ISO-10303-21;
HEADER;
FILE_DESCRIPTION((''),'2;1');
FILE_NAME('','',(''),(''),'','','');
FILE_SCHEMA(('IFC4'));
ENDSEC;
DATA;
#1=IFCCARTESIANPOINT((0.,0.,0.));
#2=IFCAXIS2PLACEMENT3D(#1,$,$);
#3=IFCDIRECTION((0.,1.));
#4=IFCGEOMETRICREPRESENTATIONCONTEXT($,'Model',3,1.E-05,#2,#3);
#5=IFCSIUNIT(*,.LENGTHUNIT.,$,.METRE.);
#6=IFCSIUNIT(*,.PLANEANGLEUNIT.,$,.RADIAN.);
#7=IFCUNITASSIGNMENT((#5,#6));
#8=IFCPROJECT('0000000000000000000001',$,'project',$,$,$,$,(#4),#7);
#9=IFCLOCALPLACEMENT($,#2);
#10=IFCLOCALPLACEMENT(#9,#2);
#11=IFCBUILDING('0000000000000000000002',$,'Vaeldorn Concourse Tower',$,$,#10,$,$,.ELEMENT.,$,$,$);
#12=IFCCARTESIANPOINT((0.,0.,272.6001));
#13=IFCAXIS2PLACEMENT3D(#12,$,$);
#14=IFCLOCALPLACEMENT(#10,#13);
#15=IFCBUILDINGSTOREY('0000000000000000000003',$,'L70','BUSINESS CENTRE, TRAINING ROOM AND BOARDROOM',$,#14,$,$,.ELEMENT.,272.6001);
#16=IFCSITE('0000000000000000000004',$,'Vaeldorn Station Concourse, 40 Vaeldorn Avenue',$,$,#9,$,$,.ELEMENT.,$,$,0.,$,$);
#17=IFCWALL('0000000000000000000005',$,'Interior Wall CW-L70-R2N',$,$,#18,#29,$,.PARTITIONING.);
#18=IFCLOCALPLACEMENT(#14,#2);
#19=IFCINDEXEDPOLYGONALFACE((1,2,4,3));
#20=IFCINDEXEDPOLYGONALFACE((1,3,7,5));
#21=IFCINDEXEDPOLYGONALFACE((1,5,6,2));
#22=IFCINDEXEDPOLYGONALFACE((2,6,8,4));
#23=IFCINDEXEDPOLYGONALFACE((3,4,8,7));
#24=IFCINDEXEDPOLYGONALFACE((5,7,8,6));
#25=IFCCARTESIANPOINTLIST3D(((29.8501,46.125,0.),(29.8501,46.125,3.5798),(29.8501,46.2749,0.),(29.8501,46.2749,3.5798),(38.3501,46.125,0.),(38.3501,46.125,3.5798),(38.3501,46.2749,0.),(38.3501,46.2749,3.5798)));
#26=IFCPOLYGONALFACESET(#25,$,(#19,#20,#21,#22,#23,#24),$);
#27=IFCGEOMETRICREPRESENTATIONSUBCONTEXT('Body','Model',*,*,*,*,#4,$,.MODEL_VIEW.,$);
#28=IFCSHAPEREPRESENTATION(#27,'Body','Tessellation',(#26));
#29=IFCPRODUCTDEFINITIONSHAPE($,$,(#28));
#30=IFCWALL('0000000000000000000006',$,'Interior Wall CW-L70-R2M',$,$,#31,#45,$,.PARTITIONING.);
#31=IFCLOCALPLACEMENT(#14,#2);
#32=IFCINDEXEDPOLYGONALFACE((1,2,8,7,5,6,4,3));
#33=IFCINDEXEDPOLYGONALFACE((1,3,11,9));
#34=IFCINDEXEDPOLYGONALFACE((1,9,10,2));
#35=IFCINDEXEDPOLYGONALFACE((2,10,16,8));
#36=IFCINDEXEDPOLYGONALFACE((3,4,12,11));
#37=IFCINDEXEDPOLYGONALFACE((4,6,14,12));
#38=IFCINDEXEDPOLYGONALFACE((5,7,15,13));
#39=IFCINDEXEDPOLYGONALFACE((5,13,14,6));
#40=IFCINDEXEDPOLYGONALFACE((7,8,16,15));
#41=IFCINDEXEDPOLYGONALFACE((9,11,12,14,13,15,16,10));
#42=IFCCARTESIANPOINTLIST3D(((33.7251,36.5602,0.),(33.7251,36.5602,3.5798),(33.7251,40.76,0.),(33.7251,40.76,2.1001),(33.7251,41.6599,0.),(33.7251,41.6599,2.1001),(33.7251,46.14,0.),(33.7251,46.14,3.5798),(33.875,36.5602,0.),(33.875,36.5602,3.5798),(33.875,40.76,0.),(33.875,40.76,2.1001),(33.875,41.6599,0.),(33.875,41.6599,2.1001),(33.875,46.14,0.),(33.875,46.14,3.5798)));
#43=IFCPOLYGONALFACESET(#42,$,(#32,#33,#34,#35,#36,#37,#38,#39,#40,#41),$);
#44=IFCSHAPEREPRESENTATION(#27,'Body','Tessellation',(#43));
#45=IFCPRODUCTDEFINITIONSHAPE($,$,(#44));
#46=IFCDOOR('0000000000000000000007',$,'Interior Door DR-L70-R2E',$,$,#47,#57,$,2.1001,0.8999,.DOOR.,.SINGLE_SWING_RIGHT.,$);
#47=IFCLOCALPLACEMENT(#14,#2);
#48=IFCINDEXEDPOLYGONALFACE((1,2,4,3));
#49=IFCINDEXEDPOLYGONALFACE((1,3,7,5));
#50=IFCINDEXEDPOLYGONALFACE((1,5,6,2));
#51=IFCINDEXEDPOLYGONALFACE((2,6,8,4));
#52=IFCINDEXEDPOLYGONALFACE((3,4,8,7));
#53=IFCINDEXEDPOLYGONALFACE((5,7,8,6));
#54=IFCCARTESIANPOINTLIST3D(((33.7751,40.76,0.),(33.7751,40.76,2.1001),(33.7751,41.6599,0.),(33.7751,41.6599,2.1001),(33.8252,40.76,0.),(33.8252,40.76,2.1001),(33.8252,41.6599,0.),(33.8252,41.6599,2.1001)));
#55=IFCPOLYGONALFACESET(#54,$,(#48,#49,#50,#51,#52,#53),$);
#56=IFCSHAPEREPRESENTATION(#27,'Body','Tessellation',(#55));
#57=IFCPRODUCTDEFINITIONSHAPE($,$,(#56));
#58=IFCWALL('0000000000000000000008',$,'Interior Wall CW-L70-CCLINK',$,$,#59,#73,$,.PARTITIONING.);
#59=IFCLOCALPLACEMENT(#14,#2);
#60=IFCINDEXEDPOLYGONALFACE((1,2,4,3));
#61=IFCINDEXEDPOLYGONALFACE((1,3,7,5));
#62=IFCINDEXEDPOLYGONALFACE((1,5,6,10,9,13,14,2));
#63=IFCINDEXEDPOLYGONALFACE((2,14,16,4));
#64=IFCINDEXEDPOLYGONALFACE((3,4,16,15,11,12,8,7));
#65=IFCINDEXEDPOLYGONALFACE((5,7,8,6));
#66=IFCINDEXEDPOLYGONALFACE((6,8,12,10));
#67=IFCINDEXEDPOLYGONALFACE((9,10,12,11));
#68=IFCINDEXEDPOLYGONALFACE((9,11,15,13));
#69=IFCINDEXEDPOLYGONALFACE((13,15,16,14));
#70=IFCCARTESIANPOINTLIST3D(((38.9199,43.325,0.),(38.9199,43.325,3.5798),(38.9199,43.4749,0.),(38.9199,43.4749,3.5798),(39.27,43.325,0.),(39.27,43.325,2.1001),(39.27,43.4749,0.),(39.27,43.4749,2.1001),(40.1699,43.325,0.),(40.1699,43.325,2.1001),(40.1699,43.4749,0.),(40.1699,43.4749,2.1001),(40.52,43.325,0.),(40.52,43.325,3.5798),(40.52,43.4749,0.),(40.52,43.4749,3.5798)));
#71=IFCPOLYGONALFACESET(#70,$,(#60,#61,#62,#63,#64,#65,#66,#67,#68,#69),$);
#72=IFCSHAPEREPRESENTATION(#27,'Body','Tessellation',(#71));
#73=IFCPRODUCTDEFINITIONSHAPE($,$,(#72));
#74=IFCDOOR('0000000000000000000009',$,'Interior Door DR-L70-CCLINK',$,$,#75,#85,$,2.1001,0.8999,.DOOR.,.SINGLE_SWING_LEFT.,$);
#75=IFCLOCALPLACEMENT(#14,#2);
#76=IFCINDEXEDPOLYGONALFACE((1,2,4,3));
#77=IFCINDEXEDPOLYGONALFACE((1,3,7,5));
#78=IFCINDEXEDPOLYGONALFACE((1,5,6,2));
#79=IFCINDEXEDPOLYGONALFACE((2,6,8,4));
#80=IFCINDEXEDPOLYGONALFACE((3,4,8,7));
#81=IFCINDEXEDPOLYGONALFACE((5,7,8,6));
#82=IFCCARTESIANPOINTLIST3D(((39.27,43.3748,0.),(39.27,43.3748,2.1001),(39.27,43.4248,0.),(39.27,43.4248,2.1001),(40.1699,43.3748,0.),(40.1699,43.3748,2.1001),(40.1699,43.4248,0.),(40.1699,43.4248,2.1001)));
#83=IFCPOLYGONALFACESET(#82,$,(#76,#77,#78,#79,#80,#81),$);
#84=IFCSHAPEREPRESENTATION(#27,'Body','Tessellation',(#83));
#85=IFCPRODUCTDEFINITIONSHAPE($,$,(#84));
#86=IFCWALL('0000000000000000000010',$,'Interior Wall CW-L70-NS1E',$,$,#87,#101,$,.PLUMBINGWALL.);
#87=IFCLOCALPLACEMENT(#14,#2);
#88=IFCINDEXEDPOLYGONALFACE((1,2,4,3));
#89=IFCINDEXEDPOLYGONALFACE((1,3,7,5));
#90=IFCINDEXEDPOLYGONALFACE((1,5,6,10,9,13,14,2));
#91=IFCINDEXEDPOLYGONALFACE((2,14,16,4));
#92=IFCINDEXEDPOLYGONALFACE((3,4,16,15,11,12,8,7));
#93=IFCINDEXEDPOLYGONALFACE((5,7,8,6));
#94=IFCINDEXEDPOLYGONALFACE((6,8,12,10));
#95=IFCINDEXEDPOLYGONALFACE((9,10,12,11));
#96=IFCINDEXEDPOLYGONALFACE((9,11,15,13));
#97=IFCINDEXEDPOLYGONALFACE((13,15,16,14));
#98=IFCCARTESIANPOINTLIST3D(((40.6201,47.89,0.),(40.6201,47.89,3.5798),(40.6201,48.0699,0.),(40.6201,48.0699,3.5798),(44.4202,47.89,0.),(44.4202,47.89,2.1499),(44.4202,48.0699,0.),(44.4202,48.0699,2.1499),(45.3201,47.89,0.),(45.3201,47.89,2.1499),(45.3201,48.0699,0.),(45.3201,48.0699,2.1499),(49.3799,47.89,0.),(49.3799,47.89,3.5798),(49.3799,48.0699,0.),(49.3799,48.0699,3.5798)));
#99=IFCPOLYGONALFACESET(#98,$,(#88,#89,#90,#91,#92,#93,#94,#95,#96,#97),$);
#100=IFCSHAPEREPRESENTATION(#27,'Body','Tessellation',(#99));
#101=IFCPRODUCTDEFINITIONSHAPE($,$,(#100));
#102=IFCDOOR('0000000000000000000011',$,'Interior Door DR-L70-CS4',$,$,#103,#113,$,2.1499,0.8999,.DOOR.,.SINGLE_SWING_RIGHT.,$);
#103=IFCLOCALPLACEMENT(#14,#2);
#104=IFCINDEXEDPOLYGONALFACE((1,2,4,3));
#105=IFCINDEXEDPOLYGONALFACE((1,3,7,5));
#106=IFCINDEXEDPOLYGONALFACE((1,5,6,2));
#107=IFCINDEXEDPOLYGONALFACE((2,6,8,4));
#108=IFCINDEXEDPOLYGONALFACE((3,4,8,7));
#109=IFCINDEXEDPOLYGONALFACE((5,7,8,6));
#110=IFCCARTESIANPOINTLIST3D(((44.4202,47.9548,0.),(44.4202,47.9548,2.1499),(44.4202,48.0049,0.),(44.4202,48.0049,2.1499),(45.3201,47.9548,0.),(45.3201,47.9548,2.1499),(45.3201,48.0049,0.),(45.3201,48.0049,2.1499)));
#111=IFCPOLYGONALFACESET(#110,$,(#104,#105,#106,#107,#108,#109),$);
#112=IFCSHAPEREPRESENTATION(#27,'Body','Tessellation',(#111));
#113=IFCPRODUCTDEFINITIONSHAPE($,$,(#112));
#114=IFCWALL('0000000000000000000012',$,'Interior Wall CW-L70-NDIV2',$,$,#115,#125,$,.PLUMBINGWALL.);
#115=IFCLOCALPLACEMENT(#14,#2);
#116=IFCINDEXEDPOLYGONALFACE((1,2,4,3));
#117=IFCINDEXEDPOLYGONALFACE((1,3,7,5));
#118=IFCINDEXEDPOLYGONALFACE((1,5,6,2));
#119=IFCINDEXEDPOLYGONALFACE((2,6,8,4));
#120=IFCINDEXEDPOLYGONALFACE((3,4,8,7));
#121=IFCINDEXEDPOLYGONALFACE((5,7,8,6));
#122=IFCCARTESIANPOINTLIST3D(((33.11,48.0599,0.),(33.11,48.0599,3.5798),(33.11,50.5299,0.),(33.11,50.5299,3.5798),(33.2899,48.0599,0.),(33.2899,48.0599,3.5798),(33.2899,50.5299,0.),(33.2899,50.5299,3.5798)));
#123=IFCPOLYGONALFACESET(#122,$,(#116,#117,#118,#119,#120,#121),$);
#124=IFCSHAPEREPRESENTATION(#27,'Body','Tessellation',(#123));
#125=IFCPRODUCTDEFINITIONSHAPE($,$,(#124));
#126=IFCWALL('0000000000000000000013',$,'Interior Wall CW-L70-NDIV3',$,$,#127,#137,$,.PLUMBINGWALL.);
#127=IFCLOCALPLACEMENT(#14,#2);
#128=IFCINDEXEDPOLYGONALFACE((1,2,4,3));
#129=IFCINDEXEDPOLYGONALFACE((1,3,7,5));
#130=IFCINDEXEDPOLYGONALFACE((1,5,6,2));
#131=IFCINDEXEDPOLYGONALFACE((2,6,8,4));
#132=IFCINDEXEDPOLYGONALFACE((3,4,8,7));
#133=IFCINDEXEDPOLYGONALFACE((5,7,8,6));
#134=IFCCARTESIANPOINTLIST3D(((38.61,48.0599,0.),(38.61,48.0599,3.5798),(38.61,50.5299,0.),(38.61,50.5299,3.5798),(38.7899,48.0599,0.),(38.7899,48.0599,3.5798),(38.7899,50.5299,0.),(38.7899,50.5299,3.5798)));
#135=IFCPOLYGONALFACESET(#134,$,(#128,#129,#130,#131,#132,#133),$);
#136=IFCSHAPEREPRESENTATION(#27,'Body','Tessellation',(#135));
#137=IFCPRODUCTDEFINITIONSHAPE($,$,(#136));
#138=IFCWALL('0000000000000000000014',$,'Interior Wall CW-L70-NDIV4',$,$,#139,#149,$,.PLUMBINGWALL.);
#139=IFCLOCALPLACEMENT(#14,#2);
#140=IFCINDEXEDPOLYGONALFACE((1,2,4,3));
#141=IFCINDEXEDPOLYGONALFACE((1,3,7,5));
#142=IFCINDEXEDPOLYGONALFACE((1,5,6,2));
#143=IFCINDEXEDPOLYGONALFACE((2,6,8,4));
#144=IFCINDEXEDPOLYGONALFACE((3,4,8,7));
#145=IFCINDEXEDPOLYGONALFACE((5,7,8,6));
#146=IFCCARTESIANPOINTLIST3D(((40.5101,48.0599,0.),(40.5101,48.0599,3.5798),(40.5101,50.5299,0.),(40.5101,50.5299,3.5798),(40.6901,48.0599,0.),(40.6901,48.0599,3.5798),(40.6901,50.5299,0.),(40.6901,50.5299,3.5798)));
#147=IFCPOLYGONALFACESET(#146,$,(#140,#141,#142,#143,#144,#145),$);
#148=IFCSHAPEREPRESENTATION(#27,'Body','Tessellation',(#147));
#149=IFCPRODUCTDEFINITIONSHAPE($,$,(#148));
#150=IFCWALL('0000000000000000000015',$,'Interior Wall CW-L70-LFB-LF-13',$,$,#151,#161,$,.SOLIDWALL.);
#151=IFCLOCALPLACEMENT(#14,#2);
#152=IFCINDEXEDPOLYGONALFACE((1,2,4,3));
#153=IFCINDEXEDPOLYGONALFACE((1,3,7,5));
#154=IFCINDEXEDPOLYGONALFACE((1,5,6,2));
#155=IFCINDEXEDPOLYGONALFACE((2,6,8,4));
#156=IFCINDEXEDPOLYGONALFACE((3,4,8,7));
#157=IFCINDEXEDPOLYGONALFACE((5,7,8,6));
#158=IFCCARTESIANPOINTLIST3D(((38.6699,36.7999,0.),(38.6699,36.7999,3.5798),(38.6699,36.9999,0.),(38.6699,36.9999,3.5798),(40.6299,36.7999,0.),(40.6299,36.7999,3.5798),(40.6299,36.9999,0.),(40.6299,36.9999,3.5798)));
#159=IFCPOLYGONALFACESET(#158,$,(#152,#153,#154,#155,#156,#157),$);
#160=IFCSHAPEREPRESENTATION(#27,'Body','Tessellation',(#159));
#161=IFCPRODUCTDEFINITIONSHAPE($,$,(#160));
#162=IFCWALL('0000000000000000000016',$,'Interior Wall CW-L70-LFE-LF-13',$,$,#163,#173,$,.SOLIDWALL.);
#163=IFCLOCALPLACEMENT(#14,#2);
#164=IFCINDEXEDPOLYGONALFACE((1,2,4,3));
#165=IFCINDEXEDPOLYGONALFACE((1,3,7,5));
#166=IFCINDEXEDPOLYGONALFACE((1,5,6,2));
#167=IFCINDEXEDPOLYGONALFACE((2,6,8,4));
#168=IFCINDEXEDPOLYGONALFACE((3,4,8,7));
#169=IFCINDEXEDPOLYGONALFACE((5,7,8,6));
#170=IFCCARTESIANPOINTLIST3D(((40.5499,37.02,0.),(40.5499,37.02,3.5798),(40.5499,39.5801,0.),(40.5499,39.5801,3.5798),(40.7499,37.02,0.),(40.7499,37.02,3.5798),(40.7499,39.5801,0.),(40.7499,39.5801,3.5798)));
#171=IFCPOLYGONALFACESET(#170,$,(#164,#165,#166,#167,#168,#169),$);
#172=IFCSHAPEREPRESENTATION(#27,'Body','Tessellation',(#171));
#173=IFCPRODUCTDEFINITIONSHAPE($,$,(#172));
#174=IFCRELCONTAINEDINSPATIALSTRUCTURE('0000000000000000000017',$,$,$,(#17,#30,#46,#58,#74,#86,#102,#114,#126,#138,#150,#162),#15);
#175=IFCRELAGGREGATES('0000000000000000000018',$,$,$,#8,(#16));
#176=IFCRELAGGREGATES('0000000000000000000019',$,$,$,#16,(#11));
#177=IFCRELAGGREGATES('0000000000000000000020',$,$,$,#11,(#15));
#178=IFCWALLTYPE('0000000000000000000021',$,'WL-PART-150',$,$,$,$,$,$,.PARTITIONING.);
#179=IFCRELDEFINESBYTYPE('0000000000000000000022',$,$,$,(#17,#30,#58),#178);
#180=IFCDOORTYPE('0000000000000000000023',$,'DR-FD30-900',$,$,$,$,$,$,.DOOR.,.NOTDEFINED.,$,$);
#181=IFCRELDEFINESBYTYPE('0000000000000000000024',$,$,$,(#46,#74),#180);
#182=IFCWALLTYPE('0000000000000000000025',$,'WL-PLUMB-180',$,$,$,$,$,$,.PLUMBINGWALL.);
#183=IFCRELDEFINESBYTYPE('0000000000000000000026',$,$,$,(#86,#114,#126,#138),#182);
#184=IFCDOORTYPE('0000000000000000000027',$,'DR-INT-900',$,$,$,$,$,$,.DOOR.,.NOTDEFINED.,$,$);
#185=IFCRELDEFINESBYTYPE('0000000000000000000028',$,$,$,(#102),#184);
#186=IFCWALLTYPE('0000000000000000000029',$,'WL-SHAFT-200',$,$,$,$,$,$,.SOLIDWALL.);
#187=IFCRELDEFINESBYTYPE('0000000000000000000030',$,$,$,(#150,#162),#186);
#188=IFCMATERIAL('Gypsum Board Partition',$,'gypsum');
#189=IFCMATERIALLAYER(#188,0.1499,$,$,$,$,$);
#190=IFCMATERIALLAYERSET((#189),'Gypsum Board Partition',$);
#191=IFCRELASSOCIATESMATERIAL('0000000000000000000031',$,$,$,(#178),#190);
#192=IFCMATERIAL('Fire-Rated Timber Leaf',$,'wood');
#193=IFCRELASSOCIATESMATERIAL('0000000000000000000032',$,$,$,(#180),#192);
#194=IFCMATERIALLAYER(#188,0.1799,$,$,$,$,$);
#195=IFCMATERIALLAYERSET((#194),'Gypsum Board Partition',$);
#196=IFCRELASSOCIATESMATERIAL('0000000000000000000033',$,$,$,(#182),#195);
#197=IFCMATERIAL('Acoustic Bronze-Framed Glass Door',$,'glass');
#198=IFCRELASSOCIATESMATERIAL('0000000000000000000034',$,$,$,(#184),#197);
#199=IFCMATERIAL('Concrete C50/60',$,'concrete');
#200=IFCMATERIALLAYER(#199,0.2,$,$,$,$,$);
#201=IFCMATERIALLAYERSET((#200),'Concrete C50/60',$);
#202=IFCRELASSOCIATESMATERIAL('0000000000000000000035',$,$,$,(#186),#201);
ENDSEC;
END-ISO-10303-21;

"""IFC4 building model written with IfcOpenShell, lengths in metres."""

from ifc_helpers import new_model, si_unit, direction, frame, frame_2d, origin, place, context, subcontext, project, spatial, rectangle, extrude, source, transform, mapped, material, layer, layer_set, type_object, element, fill, save


model = new_model("IFC4")

# Units and contexts
model_context = context("Model", 3, precision=1e-05, world=origin(), true_north=direction((0.0, 1.0)))
body_context = subcontext(model_context, "Body", "Model", "MODEL_VIEW")
ifc_project = project(units=[si_unit("LENGTHUNIT", "METRE"), si_unit("PLANEANGLEUNIT", "RADIAN")], contexts=[model_context])

# Site, building, storey
site_placement = place(None, origin())
site = spatial("IfcSite", under=ifc_project, at=site_placement, Name="Vaeldorn Station Concourse, 40 Vaeldorn Avenue", CompositionType="ELEMENT", RefElevation=0.0)
building_placement = place(site_placement, origin())
building = spatial("IfcBuilding", under=site, at=building_placement, Name="Vaeldorn Concourse Tower", CompositionType="ELEMENT")
storey_placement = place(building_placement, frame((0.0, 0.0, 272.6001)))
storey = spatial("IfcBuildingStorey", under=building, at=storey_placement, Name="L70", Description="BUSINESS CENTRE, TRAINING ROOM AND BOARDROOM", CompositionType="ELEMENT", Elevation=272.6001)

# Wall
ifc_material_1 = material(Name="Concrete C50/60", Category="concrete")
ifc_material_2 = material(Name="Gypsum Board Partition", Category="gypsum")
ifc_layer_1 = layer(ifc_material_2, 0.1499)
ifc_layer_set_1 = layer_set([ifc_layer_1], Name="Gypsum Board Partition")
wall_type_1 = type_object("IfcWallType", Name="WL-PART-150", PredefinedType="PARTITIONING", material=ifc_layer_set_1)
wall_1_placement = place(storey_placement, frame((29.8501, 46.2, 0.0), z_axis=(0.0, 0.0, 1.0), x_axis=(1.0, 0.0, 0.0)))
element("IfcWall", 1, at=wall_1_placement, inside=storey, type_object=wall_type_1, Name="Interior Wall CW-L70-R2N", PredefinedType="PARTITIONING", context=body_context, shape_type="SweptSolid", body=[
    extrude(rectangle(XDim=8.5, YDim=0.1499, at=frame_2d((4.25, 0.0))), origin(), (0.0, 0.0, 1.0), 3.5798),
])

# Walls, openings, doors
wall_2_placement = place(storey_placement, frame((33.8, 36.5601, 0.0), z_axis=(0.0, 0.0, 1.0), x_axis=(0.0, 1.0, 0.0)))
wall_2 = element("IfcWall", 2, at=wall_2_placement, inside=storey, type_object=wall_type_1, Name="Interior Wall CW-L70-R2M", PredefinedType="PARTITIONING", context=body_context, shape_type="SweptSolid", body=[
    extrude(rectangle(XDim=9.5798, YDim=0.1499, at=frame_2d((4.79, 0.0))), origin(), (0.0, 0.0, 1.0), 3.5798),
])
opening_1_placement = place(wall_2_placement, frame((4.2, 0.0, 0.0)))
opening_1 = element("IfcOpeningElement", 3, at=opening_1_placement, cuts=wall_2, PredefinedType="OPENING", context=body_context, shape_type="SweptSolid", body=[
    extrude(rectangle(XDim=0.8999, YDim=2.1001, at=frame_2d((0.45, 1.05))), frame((0.0, 0.085, 0.0), z_axis=(0.0, -1.0, 0.0), x_axis=(1.0, 0.0, 0.0)), (0.0, 0.0, 1.0), 0.1699),
])
ifc_material_3 = material(Name="Fire-Rated Timber Leaf", Category="wood")
door_type_1 = type_object("IfcDoorType", Name="DR-FD30-900", OperationType="NOTDEFINED", PredefinedType="DOOR", material=ifc_material_3)
shared_shape_1 = source(origin(), body_context, "Body", "SweptSolid", [
    extrude(rectangle(XDim=0.8999, YDim=2.1001, at=frame_2d((0.45, 1.05))), frame((0.0, 0.0249, 0.0), z_axis=(0.0, -1.0, 0.0), x_axis=(1.0, 0.0, 0.0)), (0.0, 0.0, 1.0), 0.05),
])
door_1_placement = place(opening_1_placement, origin())
door_1 = element("IfcDoor", 4, at=door_1_placement, inside=storey, type_object=door_type_1, Name="Interior Door DR-L70-R2E", OperationType="SINGLE_SWING_RIGHT", OverallHeight=2.1001, OverallWidth=0.8999, PredefinedType="DOOR", context=body_context, shape_type="MappedRepresentation", body=[
    mapped(shared_shape_1, transform((0.0, 0.0, 0.0), scale=1.0)),
])
fill(opening_1, door_1)
wall_3_placement = place(storey_placement, frame((38.9199, 43.3999, 0.0), z_axis=(0.0, 0.0, 1.0), x_axis=(1.0, 0.0, 0.0)))
wall_3 = element("IfcWall", 5, at=wall_3_placement, inside=storey, type_object=wall_type_1, Name="Interior Wall CW-L70-CCLINK", PredefinedType="PARTITIONING", context=body_context, shape_type="SweptSolid", body=[
    extrude(rectangle(XDim=1.6001, YDim=0.1499, at=frame_2d((0.8, 0.0))), origin(), (0.0, 0.0, 1.0), 3.5798),
])
opening_2_placement = place(wall_3_placement, frame((0.3501, 0.0, 0.0)))
opening_2 = element("IfcOpeningElement", 6, at=opening_2_placement, cuts=wall_3, PredefinedType="OPENING", context=body_context, shape_type="SweptSolid", body=[
    extrude(rectangle(XDim=0.8999, YDim=2.1001, at=frame_2d((0.45, 1.05))), frame((0.0, 0.085, 0.0), z_axis=(0.0, -1.0, 0.0), x_axis=(1.0, 0.0, 0.0)), (0.0, 0.0, 1.0), 0.1699),
])
door_2_placement = place(opening_2_placement, origin())
door_2 = element("IfcDoor", 7, at=door_2_placement, inside=storey, type_object=door_type_1, Name="Interior Door DR-L70-CCLINK", OperationType="SINGLE_SWING_LEFT", OverallHeight=2.1001, OverallWidth=0.8999, PredefinedType="DOOR", context=body_context, shape_type="MappedRepresentation", body=[
    mapped(shared_shape_1, transform((0.0, 0.0, 0.0), scale=1.0)),
])
fill(opening_2, door_2)
ifc_layer_2 = layer(ifc_material_2, 0.1799)
ifc_layer_set_2 = layer_set([ifc_layer_2], Name="Gypsum Board Partition")
wall_type_2 = type_object("IfcWallType", Name="WL-PLUMB-180", PredefinedType="PLUMBINGWALL", material=ifc_layer_set_2)
wall_4_placement = place(storey_placement, frame((40.6201, 47.98, 0.0), z_axis=(0.0, 0.0, 1.0), x_axis=(1.0, 0.0, 0.0)))
wall_4 = element("IfcWall", 8, at=wall_4_placement, inside=storey, type_object=wall_type_2, Name="Interior Wall CW-L70-NS1E", PredefinedType="PLUMBINGWALL", context=body_context, shape_type="SweptSolid", body=[
    extrude(rectangle(XDim=8.7598, YDim=0.1799, at=frame_2d((4.3799, 0.0))), origin(), (0.0, 0.0, 1.0), 3.5798),
])
opening_3_placement = place(wall_4_placement, frame((3.8, 0.0, 0.0)))
opening_3 = element("IfcOpeningElement", 9, at=opening_3_placement, cuts=wall_4, PredefinedType="OPENING", context=body_context, shape_type="SweptSolid", body=[
    extrude(rectangle(XDim=0.8999, YDim=2.1499, at=frame_2d((0.45, 1.075))), frame((0.0, 0.1001, 0.0), z_axis=(0.0, -1.0, 0.0), x_axis=(1.0, 0.0, 0.0)), (0.0, 0.0, 1.0), 0.2),
])
ifc_material_4 = material(Name="Acoustic Bronze-Framed Glass Door", Category="glass")
door_type_2 = type_object("IfcDoorType", Name="DR-INT-900", OperationType="NOTDEFINED", PredefinedType="DOOR", material=ifc_material_4)
shared_shape_2 = source(origin(), body_context, "Body", "SweptSolid", [
    extrude(rectangle(XDim=0.8999, YDim=2.1499, at=frame_2d((0.45, 1.075))), frame((0.0, 0.0249, 0.0), z_axis=(0.0, -1.0, 0.0), x_axis=(1.0, 0.0, 0.0)), (0.0, 0.0, 1.0), 0.05),
])
door_3_placement = place(opening_3_placement, origin())
door_3 = element("IfcDoor", 10, at=door_3_placement, inside=storey, type_object=door_type_2, Name="Interior Door DR-L70-CS4", OperationType="SINGLE_SWING_RIGHT", OverallHeight=2.1499, OverallWidth=0.8999, PredefinedType="DOOR", context=body_context, shape_type="MappedRepresentation", body=[
    mapped(shared_shape_2, transform((0.0, 0.0, 0.0), scale=1.0)),
])
fill(opening_3, door_3)

# Walls
for number, where, z_axis, x_axis, name in (
    (11, (33.2, 48.0601, 0.0), (0.0, 0.0, 1.0), (0.0, 1.0, 0.0), "Interior Wall CW-L70-NDIV2"),
    (12, (38.7, 48.0601, 0.0), (0.0, 0.0, 1.0), (0.0, 1.0, 0.0), "Interior Wall CW-L70-NDIV3"),
    (13, (40.6001, 48.0601, 0.0), (0.0, 0.0, 1.0), (0.0, 1.0, 0.0), "Interior Wall CW-L70-NDIV4"),
):
    element("IfcWall", number, at=place(storey_placement, frame(where, z_axis=z_axis, x_axis=x_axis)), inside=storey, type_object=wall_type_2, Name=name, PredefinedType="PLUMBINGWALL", context=body_context, shape_type="SweptSolid", body=[
        extrude(rectangle(XDim=2.47, YDim=0.1799, at=frame_2d((1.2349, 0.0))), origin(), (0.0, 0.0, 1.0), 3.5798),
    ])

# Shared definitions
ifc_layer_3 = layer(ifc_material_1, 0.2)
ifc_layer_set_3 = layer_set([ifc_layer_3], Name="Concrete C50/60")
wall_type_3 = type_object("IfcWallType", Name="WL-SHAFT-200", PredefinedType="SOLIDWALL", material=ifc_layer_set_3)

# Walls
wall_5_placement = place(storey_placement, frame((38.6699, 36.8999, 0.0), z_axis=(0.0, 0.0, 1.0), x_axis=(1.0, 0.0, 0.0)))
element("IfcWall", 14, at=wall_5_placement, inside=storey, type_object=wall_type_3, Name="Interior Wall CW-L70-LFB-LF-13", PredefinedType="SOLIDWALL", context=body_context, shape_type="SweptSolid", body=[
    extrude(rectangle(XDim=1.96, YDim=0.2, at=frame_2d((0.98, 0.0))), origin(), (0.0, 0.0, 1.0), 3.5798),
])
wall_6_placement = place(storey_placement, frame((40.6499, 37.02, 0.0), z_axis=(0.0, 0.0, 1.0), x_axis=(0.0, 1.0, 0.0)))
element("IfcWall", 15, at=wall_6_placement, inside=storey, type_object=wall_type_3, Name="Interior Wall CW-L70-LFE-LF-13", PredefinedType="SOLIDWALL", context=body_context, shape_type="SweptSolid", body=[
    extrude(rectangle(XDim=2.5601, YDim=0.2, at=frame_2d((1.28, 0.0))), origin(), (0.0, 0.0, 1.0), 3.5798),
])

save(model, "model.ifc")
